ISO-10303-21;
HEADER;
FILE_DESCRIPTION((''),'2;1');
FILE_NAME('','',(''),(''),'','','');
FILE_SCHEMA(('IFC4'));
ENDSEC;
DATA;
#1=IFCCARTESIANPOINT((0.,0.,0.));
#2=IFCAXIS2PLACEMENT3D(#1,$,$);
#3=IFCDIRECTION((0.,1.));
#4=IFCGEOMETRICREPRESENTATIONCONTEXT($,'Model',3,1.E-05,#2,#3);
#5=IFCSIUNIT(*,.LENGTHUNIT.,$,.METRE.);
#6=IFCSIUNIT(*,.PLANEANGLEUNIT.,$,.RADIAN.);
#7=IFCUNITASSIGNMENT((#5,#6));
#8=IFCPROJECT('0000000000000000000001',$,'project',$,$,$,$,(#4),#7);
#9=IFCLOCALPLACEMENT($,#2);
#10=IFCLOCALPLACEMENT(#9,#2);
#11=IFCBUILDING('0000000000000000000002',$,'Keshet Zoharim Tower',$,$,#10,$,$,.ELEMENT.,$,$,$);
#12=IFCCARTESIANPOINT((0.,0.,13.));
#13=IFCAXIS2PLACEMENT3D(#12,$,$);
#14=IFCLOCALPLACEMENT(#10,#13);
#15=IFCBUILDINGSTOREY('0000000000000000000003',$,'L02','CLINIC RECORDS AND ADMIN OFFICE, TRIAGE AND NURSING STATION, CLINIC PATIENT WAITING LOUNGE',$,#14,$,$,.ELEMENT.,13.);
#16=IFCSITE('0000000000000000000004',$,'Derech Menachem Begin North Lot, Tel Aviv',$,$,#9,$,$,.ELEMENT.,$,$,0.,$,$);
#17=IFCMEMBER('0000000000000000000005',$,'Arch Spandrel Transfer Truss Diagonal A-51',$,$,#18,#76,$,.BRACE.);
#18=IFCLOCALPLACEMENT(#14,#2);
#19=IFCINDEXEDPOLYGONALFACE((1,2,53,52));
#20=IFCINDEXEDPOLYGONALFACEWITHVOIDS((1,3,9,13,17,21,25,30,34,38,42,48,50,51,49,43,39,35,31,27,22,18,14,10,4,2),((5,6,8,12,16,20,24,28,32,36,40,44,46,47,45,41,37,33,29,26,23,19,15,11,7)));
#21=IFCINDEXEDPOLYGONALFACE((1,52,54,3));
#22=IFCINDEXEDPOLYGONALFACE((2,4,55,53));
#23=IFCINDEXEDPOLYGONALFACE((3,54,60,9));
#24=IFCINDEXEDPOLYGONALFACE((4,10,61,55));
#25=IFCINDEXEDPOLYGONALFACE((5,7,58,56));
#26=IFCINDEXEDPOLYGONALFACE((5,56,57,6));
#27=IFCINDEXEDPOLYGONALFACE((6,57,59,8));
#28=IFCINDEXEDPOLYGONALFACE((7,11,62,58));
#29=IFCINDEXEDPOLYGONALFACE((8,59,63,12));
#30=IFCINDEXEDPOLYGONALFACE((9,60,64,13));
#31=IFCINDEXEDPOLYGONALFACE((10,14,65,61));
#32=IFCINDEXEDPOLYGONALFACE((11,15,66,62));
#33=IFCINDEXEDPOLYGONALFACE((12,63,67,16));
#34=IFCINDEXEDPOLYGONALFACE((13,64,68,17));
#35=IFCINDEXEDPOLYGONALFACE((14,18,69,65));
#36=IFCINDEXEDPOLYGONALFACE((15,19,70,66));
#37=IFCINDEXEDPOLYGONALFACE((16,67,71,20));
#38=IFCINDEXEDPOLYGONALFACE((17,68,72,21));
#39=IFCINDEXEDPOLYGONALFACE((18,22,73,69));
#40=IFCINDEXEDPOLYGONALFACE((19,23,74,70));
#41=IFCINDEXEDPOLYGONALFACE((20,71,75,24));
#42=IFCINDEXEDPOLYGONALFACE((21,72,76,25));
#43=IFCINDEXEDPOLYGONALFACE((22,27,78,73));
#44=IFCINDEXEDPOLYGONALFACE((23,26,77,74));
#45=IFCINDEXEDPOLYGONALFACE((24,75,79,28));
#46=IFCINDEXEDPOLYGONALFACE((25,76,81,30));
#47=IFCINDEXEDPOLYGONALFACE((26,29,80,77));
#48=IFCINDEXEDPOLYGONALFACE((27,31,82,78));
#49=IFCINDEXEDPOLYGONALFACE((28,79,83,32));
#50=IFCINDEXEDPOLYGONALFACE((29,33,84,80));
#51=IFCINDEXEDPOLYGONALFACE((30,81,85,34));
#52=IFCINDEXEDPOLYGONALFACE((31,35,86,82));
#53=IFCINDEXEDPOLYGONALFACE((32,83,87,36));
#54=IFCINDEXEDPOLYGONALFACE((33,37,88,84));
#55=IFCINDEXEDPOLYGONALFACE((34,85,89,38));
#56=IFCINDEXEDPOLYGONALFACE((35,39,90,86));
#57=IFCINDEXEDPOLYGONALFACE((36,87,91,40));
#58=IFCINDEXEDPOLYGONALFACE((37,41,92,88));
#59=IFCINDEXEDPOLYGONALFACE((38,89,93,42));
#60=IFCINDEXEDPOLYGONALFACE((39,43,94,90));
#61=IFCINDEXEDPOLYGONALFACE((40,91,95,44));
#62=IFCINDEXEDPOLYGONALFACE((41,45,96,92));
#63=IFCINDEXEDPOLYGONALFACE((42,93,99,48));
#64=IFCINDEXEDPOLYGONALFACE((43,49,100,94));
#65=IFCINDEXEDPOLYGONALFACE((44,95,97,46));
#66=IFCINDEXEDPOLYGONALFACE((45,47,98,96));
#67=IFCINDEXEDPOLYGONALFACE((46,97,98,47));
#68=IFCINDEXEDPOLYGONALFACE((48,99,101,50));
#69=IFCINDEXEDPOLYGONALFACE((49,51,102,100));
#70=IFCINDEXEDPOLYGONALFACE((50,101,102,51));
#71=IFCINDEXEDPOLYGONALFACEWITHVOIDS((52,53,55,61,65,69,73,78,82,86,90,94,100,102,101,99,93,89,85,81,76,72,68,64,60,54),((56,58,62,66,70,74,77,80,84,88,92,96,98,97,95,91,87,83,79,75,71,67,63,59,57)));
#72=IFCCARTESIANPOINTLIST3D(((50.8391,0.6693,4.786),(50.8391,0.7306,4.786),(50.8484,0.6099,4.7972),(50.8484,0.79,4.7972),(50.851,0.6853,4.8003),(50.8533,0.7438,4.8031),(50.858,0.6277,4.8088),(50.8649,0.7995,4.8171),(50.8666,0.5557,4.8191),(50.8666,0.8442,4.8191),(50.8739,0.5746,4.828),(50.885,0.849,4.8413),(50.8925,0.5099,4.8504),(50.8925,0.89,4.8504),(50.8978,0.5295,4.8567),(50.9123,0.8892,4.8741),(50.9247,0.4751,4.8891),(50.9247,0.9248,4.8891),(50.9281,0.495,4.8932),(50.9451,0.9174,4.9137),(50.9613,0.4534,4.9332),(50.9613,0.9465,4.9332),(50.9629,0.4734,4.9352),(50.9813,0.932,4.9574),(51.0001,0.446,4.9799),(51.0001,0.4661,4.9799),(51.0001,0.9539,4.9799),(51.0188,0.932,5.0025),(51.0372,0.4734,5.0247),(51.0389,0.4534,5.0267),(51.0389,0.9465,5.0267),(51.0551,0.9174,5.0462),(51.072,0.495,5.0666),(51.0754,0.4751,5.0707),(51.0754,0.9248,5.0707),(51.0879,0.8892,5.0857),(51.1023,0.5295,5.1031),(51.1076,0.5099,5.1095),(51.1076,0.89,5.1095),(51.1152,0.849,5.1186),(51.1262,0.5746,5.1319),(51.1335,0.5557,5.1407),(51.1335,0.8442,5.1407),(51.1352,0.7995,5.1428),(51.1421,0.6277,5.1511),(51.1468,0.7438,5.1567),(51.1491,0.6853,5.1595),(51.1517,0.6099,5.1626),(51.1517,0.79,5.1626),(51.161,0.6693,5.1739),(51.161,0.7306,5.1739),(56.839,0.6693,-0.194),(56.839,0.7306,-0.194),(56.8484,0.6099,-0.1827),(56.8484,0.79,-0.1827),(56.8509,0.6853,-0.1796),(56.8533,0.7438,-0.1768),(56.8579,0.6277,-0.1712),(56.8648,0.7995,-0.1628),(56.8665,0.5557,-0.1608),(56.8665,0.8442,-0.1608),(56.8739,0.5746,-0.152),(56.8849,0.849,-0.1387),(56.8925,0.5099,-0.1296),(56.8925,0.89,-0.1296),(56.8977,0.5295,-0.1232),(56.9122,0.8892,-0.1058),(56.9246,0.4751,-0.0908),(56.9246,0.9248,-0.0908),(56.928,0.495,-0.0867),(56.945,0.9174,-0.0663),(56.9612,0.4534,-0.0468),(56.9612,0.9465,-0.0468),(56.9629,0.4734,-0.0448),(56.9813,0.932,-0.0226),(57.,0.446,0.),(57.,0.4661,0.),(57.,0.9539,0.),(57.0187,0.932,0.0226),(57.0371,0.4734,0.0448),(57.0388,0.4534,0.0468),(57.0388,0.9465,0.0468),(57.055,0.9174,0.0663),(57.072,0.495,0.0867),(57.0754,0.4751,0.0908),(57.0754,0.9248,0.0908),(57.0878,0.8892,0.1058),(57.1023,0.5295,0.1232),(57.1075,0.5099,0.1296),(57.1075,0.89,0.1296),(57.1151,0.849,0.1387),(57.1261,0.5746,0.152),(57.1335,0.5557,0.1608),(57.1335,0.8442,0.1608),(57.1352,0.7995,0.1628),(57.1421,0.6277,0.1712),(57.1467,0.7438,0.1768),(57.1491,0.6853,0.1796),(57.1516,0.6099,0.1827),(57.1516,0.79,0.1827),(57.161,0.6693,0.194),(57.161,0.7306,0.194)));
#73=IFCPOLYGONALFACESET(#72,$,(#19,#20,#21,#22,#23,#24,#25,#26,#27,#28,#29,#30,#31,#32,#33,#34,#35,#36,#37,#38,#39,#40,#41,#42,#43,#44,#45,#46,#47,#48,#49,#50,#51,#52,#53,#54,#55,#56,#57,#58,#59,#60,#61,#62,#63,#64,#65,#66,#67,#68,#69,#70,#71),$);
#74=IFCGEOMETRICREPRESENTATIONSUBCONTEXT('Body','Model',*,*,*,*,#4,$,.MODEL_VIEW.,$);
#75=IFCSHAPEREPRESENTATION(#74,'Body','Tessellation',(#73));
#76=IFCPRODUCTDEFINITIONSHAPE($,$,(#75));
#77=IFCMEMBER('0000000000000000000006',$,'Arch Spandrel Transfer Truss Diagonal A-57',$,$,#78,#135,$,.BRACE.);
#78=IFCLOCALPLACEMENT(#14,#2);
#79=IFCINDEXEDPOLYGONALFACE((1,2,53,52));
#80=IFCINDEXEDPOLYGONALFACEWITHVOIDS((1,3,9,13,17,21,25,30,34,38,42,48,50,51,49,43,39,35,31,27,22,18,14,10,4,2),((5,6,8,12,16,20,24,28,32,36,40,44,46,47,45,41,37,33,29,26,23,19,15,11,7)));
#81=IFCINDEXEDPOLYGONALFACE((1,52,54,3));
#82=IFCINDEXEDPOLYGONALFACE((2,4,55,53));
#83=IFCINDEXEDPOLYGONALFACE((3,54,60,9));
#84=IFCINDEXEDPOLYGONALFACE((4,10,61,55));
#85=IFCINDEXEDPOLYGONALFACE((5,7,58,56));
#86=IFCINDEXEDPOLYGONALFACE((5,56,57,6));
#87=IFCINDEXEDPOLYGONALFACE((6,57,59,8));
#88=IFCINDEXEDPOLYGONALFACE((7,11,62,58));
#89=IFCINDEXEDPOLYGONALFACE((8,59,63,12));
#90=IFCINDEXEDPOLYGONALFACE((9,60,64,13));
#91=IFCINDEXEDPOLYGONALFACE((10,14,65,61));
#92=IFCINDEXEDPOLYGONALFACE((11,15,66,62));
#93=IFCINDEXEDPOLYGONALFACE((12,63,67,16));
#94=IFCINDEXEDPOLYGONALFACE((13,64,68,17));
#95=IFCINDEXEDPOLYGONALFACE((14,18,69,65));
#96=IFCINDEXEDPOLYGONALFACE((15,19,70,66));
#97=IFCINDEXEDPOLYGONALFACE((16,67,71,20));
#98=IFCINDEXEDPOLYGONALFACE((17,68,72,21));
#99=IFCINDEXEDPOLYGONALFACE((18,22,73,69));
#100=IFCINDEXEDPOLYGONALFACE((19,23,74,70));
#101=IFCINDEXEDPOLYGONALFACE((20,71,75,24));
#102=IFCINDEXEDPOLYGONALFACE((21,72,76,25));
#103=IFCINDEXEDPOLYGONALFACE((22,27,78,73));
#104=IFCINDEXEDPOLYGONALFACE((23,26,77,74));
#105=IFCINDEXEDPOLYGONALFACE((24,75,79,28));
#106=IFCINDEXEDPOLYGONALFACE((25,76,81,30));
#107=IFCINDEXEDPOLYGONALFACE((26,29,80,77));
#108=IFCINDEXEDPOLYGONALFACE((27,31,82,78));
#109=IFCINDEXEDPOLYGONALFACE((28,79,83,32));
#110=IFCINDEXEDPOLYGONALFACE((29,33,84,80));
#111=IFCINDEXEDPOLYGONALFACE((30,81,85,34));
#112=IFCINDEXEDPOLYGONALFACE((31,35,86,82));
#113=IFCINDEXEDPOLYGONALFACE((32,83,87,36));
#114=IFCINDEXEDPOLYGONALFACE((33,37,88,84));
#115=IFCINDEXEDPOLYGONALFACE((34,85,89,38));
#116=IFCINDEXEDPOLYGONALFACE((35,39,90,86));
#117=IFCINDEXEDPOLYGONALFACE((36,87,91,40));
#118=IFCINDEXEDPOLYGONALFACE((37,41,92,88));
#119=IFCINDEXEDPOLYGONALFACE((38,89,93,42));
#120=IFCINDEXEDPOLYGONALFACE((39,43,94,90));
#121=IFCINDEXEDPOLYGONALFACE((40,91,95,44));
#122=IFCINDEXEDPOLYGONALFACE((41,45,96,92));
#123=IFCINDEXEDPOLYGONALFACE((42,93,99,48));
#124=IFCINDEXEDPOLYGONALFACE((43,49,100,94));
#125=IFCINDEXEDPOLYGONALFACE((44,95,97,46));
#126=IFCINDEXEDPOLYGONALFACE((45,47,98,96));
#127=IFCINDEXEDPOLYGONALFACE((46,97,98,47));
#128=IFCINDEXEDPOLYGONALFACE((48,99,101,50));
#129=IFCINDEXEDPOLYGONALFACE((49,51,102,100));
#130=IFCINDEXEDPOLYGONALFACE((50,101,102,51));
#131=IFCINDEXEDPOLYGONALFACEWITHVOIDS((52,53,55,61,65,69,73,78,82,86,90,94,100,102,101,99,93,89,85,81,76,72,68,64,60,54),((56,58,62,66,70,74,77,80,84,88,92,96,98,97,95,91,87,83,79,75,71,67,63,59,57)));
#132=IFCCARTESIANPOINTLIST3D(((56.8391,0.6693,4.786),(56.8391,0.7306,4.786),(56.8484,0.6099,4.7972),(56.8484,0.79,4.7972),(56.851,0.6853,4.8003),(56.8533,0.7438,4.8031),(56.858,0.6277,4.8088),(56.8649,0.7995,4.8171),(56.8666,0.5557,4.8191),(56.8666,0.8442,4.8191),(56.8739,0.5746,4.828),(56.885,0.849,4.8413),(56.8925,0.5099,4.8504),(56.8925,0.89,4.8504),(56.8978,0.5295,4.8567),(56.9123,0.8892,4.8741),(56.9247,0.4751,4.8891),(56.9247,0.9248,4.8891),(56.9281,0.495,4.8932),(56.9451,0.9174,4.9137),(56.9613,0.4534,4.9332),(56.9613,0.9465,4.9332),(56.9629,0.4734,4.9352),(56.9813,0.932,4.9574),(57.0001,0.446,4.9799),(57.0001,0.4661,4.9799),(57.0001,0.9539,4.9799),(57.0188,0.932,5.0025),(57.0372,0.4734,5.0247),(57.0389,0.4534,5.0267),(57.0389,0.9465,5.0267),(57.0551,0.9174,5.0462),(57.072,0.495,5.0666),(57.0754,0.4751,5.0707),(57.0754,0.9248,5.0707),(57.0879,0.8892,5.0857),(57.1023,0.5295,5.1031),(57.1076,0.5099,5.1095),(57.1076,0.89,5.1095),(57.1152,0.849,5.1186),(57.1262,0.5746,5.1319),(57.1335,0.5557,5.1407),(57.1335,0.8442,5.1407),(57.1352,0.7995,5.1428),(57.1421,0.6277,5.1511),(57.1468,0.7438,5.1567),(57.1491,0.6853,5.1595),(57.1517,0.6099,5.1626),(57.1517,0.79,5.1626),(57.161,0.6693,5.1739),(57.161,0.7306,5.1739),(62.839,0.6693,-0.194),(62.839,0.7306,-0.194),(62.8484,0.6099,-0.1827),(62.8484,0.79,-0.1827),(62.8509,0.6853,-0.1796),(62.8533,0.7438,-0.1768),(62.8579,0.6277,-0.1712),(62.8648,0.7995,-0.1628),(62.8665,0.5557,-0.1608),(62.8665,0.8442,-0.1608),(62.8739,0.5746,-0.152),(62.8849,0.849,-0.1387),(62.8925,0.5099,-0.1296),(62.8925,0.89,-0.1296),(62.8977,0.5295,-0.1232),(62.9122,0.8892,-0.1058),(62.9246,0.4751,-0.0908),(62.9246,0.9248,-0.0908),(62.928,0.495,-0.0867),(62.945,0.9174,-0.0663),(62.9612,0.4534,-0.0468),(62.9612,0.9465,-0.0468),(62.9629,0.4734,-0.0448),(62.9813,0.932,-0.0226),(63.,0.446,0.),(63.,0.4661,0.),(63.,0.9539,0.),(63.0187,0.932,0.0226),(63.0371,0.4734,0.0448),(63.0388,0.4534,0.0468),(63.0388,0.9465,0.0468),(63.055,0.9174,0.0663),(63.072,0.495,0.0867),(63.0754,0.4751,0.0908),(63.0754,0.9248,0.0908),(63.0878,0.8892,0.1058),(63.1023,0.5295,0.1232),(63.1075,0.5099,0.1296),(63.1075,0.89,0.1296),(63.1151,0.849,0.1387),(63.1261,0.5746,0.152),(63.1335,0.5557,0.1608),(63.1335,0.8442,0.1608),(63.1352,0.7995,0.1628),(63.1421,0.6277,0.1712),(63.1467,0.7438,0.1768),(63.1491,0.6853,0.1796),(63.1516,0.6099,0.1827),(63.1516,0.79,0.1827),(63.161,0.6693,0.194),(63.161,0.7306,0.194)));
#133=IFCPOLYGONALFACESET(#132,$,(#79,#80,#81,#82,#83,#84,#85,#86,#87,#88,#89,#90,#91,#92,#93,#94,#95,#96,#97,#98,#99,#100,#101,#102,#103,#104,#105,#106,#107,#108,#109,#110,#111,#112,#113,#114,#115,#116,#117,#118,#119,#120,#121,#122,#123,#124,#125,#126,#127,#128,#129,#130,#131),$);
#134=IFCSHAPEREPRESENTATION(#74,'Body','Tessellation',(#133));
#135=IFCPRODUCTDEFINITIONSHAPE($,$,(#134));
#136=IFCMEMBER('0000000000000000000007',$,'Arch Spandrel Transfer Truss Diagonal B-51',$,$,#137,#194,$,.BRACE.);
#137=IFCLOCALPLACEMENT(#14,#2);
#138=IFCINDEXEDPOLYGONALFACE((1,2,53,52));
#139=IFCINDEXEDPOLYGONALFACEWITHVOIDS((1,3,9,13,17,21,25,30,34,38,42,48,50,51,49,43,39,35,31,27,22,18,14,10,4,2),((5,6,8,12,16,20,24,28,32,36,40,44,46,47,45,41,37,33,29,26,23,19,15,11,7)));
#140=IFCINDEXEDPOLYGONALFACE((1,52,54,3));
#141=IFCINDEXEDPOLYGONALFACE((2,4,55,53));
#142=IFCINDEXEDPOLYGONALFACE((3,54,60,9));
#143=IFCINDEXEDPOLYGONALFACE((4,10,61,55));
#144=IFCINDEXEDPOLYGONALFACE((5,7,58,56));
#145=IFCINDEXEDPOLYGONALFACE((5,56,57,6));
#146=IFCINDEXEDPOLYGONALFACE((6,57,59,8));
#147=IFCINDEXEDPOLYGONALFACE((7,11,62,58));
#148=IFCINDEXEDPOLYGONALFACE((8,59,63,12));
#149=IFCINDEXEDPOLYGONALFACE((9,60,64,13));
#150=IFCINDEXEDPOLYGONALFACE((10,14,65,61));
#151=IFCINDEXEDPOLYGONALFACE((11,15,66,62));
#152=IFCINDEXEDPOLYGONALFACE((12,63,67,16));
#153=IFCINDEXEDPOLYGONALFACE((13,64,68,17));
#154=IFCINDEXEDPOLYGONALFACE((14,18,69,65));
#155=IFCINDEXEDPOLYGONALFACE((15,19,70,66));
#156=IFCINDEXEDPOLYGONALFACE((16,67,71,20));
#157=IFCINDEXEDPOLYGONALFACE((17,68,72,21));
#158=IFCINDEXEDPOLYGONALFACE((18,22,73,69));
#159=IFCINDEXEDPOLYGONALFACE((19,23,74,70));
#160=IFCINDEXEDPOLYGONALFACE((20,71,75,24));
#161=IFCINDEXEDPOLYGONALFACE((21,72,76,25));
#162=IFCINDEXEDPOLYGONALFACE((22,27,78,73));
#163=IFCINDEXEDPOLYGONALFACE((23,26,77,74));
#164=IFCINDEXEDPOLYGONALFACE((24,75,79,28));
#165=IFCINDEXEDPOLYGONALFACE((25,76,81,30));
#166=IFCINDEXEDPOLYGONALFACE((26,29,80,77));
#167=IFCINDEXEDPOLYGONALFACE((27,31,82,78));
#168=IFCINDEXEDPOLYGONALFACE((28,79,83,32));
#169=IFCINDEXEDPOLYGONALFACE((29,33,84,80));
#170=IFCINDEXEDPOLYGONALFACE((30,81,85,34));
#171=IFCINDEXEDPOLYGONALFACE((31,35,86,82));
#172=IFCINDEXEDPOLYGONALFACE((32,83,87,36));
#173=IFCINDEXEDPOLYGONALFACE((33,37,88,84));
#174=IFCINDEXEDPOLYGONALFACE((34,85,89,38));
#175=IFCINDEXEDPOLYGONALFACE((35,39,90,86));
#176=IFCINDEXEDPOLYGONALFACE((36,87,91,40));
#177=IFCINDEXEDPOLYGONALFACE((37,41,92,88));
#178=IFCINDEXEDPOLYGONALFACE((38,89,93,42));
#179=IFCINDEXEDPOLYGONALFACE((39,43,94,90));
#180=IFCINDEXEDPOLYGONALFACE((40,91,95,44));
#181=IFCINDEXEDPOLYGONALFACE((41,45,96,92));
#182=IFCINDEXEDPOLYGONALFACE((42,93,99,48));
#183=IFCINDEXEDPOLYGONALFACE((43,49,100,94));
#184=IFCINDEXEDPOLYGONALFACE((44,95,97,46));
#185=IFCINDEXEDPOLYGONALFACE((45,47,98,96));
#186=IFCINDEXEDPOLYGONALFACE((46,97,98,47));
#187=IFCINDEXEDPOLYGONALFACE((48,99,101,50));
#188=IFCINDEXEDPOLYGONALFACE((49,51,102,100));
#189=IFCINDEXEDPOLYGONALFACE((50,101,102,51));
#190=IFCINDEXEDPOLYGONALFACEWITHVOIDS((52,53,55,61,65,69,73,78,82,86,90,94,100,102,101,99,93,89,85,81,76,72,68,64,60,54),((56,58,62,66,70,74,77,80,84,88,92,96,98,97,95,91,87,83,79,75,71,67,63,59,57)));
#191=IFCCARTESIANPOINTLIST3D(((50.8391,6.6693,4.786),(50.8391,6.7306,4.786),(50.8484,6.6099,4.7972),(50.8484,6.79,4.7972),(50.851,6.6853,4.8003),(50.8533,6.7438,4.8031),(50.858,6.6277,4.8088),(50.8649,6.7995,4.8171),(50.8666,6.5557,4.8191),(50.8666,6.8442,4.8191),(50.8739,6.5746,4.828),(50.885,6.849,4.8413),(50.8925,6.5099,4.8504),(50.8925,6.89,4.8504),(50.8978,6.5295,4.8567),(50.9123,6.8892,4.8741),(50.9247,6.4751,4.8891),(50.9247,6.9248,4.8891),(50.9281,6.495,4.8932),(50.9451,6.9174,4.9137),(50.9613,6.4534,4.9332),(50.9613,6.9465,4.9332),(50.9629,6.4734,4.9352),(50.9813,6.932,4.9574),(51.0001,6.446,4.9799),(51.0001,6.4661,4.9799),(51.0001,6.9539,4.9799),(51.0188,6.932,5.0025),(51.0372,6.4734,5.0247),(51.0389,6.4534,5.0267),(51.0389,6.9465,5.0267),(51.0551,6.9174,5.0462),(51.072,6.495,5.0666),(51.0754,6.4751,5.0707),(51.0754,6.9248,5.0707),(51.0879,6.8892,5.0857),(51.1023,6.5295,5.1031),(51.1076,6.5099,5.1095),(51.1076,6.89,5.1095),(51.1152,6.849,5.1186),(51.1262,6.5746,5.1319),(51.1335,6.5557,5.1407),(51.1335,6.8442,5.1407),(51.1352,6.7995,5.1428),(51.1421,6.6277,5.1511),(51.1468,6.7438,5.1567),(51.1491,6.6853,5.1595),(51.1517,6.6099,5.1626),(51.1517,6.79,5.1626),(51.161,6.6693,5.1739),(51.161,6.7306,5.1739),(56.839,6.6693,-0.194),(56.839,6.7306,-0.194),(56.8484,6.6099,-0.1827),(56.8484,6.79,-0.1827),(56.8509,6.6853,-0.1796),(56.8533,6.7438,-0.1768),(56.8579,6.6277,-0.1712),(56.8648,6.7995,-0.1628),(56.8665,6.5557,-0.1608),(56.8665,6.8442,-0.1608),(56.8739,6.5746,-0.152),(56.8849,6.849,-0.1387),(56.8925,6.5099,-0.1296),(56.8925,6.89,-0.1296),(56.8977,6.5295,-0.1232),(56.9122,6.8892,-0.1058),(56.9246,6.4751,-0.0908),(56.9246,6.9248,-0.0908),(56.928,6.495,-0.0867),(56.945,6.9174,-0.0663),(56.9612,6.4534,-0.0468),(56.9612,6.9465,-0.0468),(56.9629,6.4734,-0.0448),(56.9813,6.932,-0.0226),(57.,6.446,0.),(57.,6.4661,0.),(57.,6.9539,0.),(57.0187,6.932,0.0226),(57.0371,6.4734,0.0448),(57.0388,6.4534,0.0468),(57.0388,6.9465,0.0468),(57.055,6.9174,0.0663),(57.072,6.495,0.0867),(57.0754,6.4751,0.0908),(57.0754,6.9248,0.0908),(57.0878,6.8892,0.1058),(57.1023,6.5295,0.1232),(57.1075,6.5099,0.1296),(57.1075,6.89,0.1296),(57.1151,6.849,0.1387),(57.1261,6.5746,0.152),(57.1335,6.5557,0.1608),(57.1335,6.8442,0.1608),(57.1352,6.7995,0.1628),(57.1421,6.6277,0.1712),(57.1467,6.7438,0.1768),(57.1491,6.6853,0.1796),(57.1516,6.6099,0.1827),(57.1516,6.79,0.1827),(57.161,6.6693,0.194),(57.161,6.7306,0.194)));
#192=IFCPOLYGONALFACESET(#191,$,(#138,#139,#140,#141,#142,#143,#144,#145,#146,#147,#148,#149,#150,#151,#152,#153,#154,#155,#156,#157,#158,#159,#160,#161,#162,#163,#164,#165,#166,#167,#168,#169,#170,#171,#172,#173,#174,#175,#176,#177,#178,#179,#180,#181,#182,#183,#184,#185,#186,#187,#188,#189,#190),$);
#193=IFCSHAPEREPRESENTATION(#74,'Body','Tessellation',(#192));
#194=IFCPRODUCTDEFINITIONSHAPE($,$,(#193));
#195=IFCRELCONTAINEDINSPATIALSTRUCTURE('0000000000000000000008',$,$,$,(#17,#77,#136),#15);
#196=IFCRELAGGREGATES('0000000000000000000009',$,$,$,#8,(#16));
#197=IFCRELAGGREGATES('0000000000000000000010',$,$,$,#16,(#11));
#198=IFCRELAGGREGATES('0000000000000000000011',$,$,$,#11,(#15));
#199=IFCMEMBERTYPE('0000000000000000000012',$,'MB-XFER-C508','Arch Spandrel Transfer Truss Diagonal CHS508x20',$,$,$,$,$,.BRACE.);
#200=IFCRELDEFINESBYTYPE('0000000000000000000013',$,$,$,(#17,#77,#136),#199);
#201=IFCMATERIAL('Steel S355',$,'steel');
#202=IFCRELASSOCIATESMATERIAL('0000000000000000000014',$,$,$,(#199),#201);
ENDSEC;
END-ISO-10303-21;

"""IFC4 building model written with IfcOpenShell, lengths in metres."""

from ifc_helpers import new_model, si_unit, direction, frame, origin, origin_2d, place, context, subcontext, project, spatial, hollow_circle, extrude, material, material_profile, profile_set, type_object, element, save


model = new_model("IFC4")

# Units and contexts
model_context = context("Model", 3, precision=1e-05, world=origin(), true_north=direction((0.0, 1.0)))
body_context = subcontext(model_context, "Body", "Model", "MODEL_VIEW")
ifc_project = project(units=[si_unit("LENGTHUNIT", "METRE"), si_unit("PLANEANGLEUNIT", "RADIAN")], contexts=[model_context])

# Site, building, storey
site_placement = place(None, origin())
site = spatial("IfcSite", under=ifc_project, at=site_placement, Name="Derech Menachem Begin North Lot, Tel Aviv", CompositionType="ELEMENT", RefElevation=0.0)
building_placement = place(site_placement, origin())
building = spatial("IfcBuilding", under=site, at=building_placement, Name="Keshet Zoharim Tower", CompositionType="ELEMENT")
storey_placement = place(building_placement, frame((0.0, 0.0, 13.0)))
storey = spatial("IfcBuildingStorey", under=building, at=storey_placement, Name="L02", Description="CLINIC RECORDS AND ADMIN OFFICE, TRIAGE AND NURSING STATION, CLINIC PATIENT WAITING LOUNGE", CompositionType="ELEMENT", Elevation=13.0)

# Shared definitions
ifc_material_1 = material(Name="Steel S355", Category="steel")

# Members
ifc_material_profile_1 = material_profile(ifc_material_1, hollow_circle(Radius=0.2539, WallThickness=0.02, at=origin_2d()), Name="CHS508x20")
ifc_profile_set_1 = profile_set([ifc_material_profile_1], Name="Steel S355")
member_type = type_object("IfcMemberType", Name="MB-XFER-C508", Description="Arch Spandrel Transfer Truss Diagonal CHS508x20", PredefinedType="BRACE", material=ifc_profile_set_1)
for number, where, z_axis, x_axis, name in (
    (1, (57.0, 0.7, 0.0), (-0.769482, 0.0, 0.638668), (0.0, -1.0, 0.0), "Arch Spandrel Transfer Truss Diagonal A-51"),
    (2, (63.0, 0.7, 0.0), (-0.769482, 0.0, 0.638668), (0.0, -1.0, 0.0), "Arch Spandrel Transfer Truss Diagonal A-57"),
    (3, (57.0, 6.7, 0.0), (-0.769482, 0.0, 0.638668), (0.0, -1.0, 0.0), "Arch Spandrel Transfer Truss Diagonal B-51"),
):
    element("IfcMember", number, at=place(storey_placement, frame(where, z_axis=z_axis, x_axis=x_axis)), inside=storey, type_object=member_type, Name=name, PredefinedType="BRACE", context=body_context, shape_type="SweptSolid", body=[
        extrude(hollow_circle(Radius=0.2539, WallThickness=0.02, at=origin_2d()), origin(), (0.0, 0.0, 1.0), 7.7974),
    ])

save(model, "model.ifc")
